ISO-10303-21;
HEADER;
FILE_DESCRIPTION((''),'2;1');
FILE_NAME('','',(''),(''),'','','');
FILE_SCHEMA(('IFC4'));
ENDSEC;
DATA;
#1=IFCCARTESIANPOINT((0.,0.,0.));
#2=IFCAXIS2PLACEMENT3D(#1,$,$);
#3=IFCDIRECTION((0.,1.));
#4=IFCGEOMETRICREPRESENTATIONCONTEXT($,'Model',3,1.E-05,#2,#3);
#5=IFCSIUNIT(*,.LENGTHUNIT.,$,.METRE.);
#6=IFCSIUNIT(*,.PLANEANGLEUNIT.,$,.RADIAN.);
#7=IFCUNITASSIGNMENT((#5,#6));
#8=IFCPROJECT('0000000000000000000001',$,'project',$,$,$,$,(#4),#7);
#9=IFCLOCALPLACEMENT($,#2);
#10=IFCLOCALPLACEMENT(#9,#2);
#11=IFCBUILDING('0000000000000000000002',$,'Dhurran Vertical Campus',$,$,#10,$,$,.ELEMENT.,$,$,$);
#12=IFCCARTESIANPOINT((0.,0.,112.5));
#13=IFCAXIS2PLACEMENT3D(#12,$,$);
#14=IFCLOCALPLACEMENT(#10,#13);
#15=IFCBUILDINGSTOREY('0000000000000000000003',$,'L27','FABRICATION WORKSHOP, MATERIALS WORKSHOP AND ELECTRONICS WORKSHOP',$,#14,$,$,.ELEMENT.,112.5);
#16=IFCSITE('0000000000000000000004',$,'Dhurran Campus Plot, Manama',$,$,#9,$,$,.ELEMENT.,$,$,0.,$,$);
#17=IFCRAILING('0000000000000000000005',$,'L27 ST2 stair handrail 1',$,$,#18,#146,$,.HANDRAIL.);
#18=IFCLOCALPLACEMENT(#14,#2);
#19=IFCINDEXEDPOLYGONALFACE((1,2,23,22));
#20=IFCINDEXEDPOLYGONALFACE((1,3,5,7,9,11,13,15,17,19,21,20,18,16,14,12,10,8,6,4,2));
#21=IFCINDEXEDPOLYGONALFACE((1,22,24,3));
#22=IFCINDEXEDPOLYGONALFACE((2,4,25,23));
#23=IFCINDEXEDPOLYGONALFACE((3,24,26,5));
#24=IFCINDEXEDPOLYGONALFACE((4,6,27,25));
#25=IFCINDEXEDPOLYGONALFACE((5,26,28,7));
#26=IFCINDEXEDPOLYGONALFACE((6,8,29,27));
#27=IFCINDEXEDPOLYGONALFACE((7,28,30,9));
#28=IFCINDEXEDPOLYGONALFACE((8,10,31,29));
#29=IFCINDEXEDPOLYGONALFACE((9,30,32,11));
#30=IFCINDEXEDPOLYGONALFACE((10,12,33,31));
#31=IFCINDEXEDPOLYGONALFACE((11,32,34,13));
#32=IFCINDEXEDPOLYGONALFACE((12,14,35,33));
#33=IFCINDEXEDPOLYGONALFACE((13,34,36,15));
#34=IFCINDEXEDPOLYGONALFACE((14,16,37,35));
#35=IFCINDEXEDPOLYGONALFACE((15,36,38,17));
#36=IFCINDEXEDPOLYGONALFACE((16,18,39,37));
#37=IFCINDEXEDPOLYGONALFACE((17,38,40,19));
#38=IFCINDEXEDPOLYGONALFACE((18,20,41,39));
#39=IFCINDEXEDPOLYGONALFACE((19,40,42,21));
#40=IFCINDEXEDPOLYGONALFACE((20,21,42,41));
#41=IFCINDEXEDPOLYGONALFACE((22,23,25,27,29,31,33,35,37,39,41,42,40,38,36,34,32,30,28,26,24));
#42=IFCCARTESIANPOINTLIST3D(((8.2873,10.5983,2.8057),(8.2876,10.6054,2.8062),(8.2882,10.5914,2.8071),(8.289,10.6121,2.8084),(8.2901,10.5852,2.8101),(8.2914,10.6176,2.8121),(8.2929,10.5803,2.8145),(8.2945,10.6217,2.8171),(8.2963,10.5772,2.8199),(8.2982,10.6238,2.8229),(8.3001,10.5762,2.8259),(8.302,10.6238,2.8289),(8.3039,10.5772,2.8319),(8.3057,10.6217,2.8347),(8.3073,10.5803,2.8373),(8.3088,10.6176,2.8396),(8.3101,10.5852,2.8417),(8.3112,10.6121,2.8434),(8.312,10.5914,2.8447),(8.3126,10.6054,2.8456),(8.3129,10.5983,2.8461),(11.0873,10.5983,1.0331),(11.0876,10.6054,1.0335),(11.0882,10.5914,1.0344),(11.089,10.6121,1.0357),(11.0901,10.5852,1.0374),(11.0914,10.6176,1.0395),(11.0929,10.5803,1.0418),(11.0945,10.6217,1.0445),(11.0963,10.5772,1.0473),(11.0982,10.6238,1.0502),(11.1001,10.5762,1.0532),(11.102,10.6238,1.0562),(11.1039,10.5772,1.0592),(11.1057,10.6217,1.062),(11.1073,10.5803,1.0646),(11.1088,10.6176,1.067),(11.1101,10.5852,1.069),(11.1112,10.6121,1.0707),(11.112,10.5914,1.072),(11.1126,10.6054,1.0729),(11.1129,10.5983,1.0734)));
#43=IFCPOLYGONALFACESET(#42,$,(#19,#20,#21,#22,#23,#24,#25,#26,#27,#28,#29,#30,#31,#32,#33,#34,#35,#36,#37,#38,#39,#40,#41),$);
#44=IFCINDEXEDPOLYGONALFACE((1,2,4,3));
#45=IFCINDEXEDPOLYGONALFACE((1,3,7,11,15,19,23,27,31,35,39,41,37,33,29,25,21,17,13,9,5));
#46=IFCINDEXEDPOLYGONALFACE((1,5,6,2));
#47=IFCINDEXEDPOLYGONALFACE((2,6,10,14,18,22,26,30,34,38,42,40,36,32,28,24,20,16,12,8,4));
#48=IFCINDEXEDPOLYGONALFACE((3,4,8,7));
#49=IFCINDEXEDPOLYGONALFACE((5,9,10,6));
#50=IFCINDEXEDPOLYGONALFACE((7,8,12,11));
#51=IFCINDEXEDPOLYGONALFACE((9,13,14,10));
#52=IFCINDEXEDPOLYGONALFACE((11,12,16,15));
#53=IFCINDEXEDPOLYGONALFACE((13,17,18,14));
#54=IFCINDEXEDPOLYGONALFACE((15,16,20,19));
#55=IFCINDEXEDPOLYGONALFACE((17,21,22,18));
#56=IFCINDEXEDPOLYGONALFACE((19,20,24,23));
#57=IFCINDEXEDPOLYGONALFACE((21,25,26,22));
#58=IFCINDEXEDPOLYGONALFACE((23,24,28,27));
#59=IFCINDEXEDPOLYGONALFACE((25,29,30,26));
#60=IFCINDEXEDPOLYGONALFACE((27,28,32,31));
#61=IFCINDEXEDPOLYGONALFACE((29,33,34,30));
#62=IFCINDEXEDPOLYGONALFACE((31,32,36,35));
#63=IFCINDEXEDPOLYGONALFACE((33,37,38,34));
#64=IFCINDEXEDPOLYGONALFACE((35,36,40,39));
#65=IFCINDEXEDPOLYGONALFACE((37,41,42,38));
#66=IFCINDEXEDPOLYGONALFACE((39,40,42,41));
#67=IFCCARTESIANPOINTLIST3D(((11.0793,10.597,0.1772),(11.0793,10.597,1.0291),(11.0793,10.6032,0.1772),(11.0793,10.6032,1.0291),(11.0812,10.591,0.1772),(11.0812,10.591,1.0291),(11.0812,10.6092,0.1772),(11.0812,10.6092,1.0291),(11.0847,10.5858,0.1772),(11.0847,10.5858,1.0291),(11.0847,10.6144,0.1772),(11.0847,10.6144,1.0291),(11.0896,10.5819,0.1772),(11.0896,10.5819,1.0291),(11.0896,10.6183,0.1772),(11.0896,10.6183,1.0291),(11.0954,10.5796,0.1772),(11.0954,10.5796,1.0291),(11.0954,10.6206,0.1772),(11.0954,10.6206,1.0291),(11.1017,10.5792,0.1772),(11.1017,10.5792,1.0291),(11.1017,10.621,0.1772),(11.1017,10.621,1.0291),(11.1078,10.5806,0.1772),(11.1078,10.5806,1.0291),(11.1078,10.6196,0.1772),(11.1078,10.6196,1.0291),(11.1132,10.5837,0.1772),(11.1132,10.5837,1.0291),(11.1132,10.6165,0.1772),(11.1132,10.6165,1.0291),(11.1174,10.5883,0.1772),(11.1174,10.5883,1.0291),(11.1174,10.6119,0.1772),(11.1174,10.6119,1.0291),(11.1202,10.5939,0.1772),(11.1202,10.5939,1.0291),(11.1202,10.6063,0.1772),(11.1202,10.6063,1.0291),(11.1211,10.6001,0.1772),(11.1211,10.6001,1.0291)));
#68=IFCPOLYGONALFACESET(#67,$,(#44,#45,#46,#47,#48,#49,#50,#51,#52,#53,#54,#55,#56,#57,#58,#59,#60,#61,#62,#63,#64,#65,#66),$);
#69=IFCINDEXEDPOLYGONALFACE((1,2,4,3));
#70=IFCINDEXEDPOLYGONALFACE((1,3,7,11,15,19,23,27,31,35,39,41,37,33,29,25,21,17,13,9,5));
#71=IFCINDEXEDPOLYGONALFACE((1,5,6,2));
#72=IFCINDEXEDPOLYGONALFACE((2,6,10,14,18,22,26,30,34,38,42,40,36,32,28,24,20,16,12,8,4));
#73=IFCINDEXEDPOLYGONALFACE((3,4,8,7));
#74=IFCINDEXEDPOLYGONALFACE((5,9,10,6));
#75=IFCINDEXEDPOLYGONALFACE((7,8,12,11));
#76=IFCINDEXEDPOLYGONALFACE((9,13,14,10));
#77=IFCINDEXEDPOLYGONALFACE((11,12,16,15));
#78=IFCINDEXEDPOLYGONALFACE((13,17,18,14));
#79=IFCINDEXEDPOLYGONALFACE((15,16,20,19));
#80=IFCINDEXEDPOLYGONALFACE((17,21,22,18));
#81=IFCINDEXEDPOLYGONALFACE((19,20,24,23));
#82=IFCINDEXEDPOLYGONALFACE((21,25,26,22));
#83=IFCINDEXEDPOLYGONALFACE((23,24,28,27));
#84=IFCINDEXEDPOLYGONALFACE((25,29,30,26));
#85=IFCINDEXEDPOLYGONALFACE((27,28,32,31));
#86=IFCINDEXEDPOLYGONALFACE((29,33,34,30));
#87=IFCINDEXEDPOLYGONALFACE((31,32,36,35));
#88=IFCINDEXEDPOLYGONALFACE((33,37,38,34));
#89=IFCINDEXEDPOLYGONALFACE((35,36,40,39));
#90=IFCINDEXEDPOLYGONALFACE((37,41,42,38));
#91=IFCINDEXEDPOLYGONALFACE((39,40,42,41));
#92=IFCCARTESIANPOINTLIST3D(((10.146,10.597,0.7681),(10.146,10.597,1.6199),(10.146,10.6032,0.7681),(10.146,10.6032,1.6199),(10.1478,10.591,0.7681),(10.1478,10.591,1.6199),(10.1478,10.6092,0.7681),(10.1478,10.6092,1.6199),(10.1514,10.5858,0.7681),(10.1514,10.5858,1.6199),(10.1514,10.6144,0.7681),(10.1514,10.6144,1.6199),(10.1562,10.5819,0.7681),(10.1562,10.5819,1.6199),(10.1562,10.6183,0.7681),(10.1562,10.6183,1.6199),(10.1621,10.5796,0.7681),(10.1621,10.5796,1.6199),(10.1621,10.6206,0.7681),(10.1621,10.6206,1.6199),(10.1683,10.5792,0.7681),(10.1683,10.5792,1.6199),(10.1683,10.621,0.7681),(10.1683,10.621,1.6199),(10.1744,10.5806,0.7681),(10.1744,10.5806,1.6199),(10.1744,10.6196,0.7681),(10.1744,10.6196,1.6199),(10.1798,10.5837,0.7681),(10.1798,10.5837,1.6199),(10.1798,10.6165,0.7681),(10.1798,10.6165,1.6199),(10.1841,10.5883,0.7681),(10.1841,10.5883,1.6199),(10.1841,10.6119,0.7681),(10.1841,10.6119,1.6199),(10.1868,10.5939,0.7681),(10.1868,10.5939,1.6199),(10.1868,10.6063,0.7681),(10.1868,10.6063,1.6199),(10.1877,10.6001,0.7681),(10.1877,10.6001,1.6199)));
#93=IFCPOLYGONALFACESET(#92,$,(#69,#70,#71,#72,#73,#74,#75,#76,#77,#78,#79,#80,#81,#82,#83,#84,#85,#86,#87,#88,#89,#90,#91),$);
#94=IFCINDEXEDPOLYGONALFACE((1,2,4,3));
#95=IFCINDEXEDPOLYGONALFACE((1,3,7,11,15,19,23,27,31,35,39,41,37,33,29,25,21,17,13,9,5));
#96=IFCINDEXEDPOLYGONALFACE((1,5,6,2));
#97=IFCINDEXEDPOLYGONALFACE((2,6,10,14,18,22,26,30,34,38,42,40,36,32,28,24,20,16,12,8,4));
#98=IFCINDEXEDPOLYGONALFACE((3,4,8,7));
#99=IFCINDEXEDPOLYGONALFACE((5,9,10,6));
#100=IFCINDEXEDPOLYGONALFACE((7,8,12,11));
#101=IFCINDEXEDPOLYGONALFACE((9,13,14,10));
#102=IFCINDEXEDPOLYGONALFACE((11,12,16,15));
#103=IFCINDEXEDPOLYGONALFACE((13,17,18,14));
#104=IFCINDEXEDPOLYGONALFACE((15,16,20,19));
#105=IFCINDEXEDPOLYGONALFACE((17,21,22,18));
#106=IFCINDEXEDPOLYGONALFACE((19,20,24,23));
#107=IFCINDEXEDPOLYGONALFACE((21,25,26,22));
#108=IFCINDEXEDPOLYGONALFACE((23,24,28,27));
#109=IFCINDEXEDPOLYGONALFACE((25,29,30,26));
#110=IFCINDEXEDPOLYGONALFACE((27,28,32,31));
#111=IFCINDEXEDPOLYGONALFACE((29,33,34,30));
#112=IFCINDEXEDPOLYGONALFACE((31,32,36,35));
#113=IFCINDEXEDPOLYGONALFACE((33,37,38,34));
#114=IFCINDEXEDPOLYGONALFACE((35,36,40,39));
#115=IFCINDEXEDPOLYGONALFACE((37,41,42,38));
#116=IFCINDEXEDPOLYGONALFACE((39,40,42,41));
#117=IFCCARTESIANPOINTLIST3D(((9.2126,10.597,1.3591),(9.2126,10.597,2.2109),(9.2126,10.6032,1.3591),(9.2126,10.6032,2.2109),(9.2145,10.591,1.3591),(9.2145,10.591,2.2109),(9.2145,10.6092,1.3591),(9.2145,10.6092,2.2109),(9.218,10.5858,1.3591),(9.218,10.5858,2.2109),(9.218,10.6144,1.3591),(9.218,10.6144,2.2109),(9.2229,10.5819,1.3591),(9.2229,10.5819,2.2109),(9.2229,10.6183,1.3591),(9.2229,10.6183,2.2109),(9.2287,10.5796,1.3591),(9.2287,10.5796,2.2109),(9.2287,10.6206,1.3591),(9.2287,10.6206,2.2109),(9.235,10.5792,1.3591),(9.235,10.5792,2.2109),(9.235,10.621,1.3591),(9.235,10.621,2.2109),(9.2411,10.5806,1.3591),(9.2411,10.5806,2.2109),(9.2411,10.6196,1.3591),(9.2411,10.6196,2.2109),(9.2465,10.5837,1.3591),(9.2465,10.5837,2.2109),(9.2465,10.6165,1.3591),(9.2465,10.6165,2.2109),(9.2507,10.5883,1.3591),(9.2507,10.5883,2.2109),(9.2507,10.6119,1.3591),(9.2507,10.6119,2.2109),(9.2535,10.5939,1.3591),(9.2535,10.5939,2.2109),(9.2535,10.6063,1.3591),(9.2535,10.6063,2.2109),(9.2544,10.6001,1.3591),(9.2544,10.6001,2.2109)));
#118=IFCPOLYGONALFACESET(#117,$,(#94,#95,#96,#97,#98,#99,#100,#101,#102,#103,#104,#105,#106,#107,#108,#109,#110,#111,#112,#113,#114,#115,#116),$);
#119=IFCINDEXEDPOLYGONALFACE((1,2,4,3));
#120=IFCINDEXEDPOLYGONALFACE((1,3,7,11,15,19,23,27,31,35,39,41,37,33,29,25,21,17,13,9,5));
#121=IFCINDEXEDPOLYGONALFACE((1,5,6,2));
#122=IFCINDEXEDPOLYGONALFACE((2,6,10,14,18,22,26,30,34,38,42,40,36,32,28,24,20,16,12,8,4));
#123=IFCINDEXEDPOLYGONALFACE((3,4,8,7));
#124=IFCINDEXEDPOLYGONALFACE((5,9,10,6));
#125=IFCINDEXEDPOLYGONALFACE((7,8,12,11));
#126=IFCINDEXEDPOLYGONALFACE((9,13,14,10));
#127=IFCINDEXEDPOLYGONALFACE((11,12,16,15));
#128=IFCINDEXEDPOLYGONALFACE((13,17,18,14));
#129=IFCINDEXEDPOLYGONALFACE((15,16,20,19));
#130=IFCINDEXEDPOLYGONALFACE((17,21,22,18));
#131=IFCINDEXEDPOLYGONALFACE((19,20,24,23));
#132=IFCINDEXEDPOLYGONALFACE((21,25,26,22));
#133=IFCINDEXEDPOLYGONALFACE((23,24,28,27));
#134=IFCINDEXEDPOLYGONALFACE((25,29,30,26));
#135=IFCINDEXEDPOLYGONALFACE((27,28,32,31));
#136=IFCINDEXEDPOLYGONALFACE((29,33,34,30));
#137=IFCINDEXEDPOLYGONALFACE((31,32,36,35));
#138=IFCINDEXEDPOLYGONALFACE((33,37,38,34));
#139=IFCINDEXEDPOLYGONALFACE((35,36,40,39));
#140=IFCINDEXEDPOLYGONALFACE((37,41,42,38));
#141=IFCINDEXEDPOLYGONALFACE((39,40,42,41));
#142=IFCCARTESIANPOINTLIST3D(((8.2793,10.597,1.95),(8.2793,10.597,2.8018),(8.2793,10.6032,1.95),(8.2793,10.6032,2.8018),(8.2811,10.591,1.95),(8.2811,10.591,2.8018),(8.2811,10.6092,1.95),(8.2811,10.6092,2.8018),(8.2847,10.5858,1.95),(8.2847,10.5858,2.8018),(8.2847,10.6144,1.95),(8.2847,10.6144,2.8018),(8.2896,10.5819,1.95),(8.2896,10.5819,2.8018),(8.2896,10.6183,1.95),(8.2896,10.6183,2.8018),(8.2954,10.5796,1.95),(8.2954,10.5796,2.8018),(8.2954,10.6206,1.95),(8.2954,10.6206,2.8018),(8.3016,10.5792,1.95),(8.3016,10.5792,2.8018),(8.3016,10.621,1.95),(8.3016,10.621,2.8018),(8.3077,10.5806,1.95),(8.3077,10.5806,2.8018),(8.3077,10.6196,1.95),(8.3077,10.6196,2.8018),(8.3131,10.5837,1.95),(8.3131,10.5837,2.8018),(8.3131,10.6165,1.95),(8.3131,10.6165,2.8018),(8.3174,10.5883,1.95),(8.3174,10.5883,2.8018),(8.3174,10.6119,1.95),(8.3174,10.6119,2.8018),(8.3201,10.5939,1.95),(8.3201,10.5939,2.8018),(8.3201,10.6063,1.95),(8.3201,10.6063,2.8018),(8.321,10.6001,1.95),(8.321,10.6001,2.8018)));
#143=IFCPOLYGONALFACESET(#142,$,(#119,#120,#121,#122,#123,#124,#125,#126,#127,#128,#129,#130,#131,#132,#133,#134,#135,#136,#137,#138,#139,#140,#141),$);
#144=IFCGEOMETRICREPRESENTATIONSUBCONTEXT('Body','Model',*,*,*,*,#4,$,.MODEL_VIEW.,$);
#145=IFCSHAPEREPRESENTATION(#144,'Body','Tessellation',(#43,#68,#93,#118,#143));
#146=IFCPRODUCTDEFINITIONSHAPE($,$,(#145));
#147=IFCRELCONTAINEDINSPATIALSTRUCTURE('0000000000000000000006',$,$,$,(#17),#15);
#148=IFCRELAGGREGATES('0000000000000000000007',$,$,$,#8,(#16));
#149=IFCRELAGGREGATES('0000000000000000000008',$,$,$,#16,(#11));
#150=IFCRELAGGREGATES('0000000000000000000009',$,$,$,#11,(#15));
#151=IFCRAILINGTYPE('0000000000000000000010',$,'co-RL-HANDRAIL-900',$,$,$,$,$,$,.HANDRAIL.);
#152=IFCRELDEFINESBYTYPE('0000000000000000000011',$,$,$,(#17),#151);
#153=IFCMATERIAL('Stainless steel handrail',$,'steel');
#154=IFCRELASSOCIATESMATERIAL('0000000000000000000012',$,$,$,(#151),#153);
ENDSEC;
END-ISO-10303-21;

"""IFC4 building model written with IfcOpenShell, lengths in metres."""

from ifc_helpers import new_model, si_unit, direction, frame, origin, origin_2d, place, context, subcontext, project, spatial, circle, extrude, material, type_object, element, save


model = new_model("IFC4")

# Units and contexts
model_context = context("Model", 3, precision=1e-05, world=origin(), true_north=direction((0.0, 1.0)))
body_context = subcontext(model_context, "Body", "Model", "MODEL_VIEW")
ifc_project = project(units=[si_unit("LENGTHUNIT", "METRE"), si_unit("PLANEANGLEUNIT", "RADIAN")], contexts=[model_context])

# Site, building, storey
site_placement = place(None, origin())
site = spatial("IfcSite", under=ifc_project, at=site_placement, Name="Dhurran Campus Plot, Manama", CompositionType="ELEMENT", RefElevation=0.0)
building_placement = place(site_placement, origin())
building = spatial("IfcBuilding", under=site, at=building_placement, Name="Dhurran Vertical Campus", CompositionType="ELEMENT")
storey_placement = place(building_placement, frame((0.0, 0.0, 112.5)))
storey = spatial("IfcBuildingStorey", under=building, at=storey_placement, Name="L27", Description="FABRICATION WORKSHOP, MATERIALS WORKSHOP AND ELECTRONICS WORKSHOP", CompositionType="ELEMENT", Elevation=112.5)

# Railing
ifc_material_1 = material(Name="Stainless steel handrail", Category="steel")
railing_type_1 = type_object("IfcRailingType", Name="co-RL-HANDRAIL-900", PredefinedType="HANDRAIL", material=ifc_material_1)
railing_1_placement = place(storey_placement, frame((11.1001, 10.6001, 0.1772)))
element("IfcRailing", 1, at=railing_1_placement, inside=storey, type_object=railing_type_1, Name="L27 ST2 stair handrail 1", PredefinedType="HANDRAIL", context=body_context, shape_type="SweptSolid", body=[
    extrude(circle(Radius=0.0239, at=origin_2d()), frame((0.0, 0.0, 0.876), z_axis=(-0.844909, 0.0, 0.53491), x_axis=(0.0, -1.0, 0.0)), (0.0, 0.0, 1.0), 3.314),
    extrude(circle(Radius=0.021, at=origin_2d()), origin(), (0.0, 0.0, 1.0), 0.8518),
    extrude(circle(Radius=0.021, at=origin_2d()), frame((-0.9333, 0.0, 0.5908)), (0.0, 0.0, 1.0), 0.8518),
    extrude(circle(Radius=0.021, at=origin_2d()), frame((-1.8667, 0.0, 1.1819)), (0.0, 0.0, 1.0), 0.8518),
    extrude(circle(Radius=0.021, at=origin_2d()), frame((-2.8, 0.0, 1.7727)), (0.0, 0.0, 1.0), 0.8518),
])

save(model, "model.ifc")
